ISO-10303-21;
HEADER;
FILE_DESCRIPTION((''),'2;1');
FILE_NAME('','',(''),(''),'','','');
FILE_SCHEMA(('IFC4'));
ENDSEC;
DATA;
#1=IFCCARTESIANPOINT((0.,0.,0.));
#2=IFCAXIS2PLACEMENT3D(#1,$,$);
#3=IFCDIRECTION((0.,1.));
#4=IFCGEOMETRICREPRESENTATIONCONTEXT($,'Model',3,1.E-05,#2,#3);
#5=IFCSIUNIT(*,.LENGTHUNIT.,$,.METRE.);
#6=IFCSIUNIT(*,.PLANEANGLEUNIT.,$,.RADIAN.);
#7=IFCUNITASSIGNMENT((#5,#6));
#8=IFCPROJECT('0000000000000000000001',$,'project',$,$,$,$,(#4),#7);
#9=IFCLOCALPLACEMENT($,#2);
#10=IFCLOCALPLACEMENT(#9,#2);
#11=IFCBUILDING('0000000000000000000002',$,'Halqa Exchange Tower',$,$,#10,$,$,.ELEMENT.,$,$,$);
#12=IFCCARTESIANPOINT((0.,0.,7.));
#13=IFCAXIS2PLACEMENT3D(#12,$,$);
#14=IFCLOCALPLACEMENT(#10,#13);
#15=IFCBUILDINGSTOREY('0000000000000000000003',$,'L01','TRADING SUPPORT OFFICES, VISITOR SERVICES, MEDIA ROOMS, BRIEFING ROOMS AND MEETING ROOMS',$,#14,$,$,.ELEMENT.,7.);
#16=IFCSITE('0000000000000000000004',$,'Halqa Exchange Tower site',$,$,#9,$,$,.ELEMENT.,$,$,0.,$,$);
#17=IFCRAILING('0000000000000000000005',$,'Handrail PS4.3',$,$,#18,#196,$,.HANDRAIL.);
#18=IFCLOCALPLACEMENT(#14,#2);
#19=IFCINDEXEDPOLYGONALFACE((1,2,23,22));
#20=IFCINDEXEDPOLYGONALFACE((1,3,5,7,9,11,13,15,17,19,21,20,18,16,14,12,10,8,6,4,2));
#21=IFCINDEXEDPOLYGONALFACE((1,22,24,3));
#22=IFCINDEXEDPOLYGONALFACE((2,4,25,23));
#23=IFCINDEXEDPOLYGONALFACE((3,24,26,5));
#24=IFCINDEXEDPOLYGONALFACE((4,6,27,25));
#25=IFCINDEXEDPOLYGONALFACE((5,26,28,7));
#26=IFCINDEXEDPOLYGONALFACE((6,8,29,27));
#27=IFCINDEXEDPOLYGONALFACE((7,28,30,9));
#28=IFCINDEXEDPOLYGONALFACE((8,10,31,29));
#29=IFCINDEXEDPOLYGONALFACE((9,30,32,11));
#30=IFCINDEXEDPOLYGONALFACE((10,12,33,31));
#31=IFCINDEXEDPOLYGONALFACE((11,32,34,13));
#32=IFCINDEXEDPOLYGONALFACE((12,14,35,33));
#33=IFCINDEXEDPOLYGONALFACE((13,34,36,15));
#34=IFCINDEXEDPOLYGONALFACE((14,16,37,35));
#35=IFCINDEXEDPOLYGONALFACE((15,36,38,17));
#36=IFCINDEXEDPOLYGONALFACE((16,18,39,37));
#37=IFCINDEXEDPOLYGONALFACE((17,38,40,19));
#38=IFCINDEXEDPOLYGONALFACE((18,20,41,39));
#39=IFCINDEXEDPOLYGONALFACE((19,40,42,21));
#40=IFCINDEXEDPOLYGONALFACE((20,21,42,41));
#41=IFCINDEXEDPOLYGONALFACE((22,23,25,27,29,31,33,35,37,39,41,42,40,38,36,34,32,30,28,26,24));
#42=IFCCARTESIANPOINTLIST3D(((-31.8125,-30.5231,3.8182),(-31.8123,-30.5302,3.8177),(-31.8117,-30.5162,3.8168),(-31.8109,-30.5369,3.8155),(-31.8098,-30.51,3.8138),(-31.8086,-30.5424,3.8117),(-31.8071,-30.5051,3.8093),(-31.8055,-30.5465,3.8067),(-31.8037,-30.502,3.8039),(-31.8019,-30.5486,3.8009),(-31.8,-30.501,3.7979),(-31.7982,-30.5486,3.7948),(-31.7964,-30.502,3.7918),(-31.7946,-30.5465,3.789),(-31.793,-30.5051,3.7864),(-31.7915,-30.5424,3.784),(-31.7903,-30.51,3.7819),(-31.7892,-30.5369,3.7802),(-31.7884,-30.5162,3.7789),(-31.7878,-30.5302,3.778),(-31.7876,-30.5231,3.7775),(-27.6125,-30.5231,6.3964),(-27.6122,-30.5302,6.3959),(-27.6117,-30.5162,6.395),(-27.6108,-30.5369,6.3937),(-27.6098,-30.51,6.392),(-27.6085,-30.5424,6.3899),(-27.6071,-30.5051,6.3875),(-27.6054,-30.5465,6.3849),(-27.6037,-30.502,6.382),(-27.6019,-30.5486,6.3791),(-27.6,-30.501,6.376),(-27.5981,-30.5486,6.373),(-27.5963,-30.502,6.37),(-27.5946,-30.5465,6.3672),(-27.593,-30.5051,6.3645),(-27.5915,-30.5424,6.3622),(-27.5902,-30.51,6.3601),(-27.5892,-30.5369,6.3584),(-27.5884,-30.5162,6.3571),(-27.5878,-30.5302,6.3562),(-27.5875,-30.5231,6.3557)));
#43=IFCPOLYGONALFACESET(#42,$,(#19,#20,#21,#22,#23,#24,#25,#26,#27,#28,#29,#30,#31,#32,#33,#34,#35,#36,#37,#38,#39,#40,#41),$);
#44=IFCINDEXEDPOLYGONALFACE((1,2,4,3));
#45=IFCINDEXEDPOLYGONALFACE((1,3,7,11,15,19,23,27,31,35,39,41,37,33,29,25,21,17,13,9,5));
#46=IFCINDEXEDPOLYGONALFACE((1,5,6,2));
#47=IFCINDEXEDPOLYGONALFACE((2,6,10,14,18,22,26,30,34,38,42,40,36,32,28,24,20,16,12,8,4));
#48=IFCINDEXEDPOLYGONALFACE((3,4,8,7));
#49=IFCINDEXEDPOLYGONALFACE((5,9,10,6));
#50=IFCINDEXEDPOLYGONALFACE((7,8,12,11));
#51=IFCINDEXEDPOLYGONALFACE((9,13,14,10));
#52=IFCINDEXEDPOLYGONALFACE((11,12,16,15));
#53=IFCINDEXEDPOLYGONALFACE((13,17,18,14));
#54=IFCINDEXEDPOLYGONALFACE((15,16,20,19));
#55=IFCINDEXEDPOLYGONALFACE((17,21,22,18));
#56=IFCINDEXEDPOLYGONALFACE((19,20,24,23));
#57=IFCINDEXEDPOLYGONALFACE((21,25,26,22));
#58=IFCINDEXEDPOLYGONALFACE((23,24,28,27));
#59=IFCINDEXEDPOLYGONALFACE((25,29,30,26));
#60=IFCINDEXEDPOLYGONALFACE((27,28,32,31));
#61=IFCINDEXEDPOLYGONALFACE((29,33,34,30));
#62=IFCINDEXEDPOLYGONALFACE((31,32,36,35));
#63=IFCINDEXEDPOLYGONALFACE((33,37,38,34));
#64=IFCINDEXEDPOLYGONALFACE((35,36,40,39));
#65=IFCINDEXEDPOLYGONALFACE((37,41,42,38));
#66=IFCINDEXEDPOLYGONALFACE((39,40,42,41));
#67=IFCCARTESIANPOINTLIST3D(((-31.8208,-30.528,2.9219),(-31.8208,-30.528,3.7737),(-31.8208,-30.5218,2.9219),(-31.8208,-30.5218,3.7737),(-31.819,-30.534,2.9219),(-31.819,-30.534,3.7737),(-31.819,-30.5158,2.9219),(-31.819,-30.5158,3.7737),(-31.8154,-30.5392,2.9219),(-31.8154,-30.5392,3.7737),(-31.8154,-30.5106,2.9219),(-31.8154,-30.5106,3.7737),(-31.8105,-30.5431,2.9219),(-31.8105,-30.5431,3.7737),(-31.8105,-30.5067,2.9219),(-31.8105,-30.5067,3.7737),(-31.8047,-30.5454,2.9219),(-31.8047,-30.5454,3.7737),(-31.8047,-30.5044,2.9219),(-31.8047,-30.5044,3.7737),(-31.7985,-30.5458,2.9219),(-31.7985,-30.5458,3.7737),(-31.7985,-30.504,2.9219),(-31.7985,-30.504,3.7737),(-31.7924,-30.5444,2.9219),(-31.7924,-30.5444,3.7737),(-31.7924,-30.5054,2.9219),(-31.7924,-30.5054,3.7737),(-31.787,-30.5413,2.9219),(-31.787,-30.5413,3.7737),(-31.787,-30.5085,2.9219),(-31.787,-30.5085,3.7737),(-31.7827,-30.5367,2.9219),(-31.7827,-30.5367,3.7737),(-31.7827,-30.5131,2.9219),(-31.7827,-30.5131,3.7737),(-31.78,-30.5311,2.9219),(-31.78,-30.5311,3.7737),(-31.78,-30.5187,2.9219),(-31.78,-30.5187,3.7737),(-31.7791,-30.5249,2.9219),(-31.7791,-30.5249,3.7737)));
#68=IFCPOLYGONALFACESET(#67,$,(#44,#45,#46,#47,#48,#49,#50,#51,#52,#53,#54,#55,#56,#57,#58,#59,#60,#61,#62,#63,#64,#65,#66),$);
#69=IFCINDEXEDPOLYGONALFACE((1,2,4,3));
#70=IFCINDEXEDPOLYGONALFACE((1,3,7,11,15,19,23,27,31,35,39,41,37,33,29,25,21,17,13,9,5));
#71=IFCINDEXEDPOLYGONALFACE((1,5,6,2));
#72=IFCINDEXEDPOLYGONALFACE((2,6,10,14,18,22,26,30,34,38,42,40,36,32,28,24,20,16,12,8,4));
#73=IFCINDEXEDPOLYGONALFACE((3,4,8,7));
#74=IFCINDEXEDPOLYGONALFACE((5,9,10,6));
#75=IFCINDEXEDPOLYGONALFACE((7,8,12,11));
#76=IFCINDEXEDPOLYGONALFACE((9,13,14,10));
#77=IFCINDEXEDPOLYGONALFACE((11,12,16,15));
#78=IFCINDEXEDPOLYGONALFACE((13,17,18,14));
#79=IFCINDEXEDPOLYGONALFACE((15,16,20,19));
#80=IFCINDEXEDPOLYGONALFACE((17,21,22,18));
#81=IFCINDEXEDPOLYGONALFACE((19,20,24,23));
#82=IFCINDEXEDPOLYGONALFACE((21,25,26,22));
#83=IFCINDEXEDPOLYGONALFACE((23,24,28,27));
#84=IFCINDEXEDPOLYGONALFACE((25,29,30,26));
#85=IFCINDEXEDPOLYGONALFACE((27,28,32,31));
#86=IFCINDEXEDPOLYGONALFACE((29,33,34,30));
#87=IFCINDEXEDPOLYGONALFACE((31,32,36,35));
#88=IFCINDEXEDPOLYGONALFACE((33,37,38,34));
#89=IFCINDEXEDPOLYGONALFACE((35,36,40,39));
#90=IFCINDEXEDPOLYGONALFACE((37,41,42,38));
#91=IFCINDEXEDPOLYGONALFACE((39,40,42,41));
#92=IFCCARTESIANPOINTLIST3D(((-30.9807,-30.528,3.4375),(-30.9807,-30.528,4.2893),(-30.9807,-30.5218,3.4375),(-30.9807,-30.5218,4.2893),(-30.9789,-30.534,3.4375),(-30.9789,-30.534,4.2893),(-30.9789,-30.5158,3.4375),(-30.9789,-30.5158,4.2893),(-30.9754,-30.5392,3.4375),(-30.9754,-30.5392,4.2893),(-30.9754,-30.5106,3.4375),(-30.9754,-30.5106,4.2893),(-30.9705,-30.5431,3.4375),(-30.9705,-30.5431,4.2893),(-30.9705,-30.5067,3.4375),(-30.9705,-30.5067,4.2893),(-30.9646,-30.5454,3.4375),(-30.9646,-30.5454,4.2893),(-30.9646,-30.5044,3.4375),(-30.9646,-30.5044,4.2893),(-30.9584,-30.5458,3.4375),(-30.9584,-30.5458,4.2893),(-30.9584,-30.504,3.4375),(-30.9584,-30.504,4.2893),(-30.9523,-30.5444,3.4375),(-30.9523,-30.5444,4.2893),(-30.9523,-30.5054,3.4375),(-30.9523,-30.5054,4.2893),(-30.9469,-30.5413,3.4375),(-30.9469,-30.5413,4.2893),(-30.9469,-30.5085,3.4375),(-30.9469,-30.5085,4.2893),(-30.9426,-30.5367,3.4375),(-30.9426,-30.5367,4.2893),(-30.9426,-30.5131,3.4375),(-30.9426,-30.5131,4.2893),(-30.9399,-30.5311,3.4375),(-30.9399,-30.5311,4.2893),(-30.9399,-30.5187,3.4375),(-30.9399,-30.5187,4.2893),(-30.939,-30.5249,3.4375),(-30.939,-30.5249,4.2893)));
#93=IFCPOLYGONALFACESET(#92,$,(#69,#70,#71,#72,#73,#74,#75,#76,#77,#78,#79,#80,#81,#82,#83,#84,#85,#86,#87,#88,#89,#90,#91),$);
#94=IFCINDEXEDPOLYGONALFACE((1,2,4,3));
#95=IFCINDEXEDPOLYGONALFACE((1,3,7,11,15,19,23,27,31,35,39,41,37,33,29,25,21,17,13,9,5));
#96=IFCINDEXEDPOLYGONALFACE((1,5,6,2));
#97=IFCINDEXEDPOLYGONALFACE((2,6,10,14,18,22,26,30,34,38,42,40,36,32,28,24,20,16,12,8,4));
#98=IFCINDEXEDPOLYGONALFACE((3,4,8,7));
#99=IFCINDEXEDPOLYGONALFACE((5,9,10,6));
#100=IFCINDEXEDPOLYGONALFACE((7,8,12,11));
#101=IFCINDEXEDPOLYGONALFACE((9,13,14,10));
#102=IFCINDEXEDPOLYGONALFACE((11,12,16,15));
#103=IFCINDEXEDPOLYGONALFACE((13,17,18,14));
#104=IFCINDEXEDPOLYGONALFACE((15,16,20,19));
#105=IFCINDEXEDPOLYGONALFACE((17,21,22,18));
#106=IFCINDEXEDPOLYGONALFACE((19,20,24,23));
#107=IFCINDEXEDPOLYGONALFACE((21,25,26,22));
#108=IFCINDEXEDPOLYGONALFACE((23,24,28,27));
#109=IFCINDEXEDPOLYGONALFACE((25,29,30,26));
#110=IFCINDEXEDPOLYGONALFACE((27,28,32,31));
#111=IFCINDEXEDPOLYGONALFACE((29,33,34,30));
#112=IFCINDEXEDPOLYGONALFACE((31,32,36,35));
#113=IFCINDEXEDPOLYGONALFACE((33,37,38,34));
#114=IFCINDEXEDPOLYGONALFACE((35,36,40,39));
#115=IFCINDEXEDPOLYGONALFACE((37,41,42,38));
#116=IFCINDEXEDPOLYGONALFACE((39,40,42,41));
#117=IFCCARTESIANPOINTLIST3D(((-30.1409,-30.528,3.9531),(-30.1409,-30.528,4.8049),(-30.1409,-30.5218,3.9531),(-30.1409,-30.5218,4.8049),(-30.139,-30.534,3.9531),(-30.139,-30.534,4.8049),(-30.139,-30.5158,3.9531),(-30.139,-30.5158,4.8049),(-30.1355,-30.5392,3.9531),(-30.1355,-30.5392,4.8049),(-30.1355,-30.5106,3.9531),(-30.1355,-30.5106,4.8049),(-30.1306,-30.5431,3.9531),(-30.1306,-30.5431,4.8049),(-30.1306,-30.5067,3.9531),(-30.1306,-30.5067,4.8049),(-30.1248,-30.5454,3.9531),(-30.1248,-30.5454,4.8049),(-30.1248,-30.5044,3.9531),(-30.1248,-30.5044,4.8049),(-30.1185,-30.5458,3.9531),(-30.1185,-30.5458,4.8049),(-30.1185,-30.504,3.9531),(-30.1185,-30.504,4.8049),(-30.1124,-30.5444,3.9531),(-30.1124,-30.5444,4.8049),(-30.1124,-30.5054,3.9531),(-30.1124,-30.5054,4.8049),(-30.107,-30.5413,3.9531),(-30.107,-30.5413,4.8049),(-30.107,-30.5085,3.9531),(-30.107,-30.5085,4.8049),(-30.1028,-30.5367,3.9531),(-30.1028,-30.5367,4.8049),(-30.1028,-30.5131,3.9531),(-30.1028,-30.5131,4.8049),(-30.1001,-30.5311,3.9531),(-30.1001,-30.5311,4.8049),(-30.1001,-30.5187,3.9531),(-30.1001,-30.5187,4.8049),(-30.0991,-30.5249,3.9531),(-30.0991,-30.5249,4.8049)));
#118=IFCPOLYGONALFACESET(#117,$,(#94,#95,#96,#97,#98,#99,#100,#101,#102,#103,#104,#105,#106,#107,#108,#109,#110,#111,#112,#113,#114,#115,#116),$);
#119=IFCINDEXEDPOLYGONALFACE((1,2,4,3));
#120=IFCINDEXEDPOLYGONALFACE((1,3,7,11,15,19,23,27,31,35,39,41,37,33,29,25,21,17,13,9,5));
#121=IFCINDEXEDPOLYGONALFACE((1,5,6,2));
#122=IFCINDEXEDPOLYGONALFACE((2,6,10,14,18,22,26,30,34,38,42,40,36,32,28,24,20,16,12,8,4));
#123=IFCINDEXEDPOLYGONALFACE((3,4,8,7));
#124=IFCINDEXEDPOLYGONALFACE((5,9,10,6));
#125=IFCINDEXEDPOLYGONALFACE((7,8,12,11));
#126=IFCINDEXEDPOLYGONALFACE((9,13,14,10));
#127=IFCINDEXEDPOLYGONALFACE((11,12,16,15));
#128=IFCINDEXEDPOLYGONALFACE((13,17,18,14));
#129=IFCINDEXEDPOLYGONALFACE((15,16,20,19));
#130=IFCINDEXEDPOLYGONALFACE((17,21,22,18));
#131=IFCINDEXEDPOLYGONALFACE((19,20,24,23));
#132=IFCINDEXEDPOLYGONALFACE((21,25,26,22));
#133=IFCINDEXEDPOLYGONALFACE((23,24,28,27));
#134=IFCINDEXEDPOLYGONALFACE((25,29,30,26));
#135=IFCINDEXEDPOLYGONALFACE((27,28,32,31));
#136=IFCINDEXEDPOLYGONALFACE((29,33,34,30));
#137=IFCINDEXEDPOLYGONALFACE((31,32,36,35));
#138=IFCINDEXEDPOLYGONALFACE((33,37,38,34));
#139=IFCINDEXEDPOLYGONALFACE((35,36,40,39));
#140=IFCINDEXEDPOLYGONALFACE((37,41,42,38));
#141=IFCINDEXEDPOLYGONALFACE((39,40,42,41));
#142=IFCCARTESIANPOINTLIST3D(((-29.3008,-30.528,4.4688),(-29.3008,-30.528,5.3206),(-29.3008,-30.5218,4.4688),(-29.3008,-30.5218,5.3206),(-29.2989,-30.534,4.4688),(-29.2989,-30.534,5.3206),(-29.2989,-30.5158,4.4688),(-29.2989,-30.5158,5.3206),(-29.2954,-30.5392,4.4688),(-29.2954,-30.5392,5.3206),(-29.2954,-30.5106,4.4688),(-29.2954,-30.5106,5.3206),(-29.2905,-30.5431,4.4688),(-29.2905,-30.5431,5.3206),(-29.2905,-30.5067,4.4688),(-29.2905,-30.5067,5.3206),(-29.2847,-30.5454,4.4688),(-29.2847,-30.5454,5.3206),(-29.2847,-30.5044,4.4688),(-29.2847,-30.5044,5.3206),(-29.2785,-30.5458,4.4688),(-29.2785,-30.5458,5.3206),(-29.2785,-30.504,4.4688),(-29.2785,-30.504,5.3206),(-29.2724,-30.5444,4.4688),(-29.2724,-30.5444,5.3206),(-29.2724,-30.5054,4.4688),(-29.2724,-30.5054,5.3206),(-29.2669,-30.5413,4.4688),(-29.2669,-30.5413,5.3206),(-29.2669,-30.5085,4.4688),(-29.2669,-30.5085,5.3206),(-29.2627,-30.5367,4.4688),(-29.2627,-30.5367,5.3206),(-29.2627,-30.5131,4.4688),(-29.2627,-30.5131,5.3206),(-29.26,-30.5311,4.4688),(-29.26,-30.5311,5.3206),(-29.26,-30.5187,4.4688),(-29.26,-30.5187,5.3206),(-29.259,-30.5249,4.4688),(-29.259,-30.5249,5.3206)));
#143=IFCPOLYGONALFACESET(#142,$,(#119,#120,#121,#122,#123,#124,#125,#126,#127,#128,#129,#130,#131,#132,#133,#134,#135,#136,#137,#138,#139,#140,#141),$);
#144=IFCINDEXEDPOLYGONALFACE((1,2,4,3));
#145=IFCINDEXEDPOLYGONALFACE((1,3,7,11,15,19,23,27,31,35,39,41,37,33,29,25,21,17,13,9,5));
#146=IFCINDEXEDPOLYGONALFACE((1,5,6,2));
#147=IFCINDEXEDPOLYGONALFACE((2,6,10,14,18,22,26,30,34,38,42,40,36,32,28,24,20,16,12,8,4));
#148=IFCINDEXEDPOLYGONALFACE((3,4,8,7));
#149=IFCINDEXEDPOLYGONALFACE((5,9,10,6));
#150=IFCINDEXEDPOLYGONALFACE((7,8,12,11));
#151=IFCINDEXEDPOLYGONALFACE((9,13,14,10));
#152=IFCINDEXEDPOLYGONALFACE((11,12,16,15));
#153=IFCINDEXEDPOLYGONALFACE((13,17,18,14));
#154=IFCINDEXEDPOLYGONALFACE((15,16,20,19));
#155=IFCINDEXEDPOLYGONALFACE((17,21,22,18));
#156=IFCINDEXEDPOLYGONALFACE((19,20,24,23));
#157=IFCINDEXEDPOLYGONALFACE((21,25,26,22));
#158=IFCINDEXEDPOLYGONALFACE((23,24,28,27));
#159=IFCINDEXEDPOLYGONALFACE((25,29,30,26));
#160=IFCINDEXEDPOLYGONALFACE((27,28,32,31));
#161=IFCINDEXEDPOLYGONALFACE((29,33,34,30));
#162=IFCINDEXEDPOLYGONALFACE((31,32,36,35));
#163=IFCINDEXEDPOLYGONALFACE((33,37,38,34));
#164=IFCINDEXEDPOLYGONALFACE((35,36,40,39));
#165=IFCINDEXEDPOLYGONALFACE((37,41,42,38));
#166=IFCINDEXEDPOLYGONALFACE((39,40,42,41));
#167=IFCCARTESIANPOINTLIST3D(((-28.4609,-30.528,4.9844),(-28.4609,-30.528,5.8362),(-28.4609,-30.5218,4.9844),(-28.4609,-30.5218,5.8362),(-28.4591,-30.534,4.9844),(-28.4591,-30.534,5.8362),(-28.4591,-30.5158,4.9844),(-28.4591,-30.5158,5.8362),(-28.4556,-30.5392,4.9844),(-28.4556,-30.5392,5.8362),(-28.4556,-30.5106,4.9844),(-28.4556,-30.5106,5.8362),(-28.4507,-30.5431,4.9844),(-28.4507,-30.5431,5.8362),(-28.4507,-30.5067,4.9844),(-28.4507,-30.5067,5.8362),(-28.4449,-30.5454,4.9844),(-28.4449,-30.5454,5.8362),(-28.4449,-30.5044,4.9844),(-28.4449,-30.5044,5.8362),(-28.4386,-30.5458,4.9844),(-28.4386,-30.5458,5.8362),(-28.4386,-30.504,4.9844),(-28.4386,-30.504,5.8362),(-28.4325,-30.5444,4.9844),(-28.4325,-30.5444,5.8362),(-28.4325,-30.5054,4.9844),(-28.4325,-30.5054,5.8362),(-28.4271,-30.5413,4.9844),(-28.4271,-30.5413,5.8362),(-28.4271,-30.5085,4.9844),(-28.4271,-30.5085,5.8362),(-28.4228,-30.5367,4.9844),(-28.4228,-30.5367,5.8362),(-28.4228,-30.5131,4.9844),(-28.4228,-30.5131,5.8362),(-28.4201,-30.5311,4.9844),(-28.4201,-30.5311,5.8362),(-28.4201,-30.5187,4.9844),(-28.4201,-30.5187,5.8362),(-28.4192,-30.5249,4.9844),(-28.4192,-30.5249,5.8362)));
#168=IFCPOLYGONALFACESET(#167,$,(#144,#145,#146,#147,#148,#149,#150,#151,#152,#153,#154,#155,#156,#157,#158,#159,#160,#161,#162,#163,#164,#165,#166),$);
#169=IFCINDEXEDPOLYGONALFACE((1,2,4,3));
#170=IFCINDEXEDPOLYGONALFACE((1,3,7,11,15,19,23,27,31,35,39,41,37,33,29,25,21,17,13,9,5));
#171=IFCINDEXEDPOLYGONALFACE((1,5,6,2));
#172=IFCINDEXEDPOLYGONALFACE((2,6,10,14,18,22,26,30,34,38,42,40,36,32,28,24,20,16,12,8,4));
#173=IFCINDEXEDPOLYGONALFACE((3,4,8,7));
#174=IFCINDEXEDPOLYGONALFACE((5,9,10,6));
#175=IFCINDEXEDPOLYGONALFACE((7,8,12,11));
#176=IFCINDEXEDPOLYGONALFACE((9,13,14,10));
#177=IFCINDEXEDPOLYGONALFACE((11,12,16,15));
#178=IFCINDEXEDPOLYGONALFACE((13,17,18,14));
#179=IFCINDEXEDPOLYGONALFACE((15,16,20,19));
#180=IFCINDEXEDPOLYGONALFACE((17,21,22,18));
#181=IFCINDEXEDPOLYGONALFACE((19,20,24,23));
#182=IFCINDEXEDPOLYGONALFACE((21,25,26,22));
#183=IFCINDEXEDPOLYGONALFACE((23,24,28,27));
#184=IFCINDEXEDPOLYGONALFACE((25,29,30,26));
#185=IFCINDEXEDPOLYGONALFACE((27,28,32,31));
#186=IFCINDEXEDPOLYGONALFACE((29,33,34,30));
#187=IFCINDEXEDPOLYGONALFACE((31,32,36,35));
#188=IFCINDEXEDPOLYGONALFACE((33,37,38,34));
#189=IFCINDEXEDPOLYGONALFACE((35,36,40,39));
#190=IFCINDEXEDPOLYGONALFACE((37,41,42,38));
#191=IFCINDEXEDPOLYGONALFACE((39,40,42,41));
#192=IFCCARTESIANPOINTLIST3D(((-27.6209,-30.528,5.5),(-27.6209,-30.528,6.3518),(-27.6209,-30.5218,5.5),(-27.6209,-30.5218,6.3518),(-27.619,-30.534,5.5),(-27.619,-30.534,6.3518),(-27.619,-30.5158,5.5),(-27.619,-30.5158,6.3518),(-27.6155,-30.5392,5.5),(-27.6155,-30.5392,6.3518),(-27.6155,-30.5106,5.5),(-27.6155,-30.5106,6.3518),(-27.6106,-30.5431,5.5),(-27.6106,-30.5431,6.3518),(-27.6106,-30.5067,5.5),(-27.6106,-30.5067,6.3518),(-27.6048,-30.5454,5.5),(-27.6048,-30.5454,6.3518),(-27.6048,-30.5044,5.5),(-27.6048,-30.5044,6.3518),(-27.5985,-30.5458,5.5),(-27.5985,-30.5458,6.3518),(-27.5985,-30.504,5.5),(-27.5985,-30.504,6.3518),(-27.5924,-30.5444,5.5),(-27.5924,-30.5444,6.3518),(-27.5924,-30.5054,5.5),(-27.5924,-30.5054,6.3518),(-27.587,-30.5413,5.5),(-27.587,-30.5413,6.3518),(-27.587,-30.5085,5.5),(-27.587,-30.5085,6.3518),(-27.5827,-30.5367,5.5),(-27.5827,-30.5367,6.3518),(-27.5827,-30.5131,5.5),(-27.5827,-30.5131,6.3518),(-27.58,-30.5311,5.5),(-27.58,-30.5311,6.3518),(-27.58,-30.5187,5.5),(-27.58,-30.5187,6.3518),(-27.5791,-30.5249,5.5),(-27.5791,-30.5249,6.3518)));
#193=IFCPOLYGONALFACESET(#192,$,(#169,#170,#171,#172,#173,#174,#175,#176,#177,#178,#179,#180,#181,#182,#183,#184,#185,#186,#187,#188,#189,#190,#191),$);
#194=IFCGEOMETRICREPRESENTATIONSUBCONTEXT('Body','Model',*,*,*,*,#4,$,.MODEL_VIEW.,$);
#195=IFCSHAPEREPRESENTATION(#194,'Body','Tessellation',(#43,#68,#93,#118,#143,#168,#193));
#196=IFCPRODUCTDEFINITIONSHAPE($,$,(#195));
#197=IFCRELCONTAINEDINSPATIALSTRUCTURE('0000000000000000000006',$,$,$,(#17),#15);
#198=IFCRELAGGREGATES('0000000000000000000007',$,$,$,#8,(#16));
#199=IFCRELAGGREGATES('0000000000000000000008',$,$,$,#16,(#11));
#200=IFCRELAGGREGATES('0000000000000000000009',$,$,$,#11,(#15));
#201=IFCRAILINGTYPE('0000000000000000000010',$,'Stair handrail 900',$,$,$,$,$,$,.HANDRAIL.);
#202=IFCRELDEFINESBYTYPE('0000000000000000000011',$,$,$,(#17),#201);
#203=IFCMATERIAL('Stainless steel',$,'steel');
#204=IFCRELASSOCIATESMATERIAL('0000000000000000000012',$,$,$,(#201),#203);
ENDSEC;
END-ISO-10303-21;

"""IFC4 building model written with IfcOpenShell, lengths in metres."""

from ifc_helpers import new_model, si_unit, direction, frame, origin, origin_2d, place, context, subcontext, project, spatial, circle, extrude, material, type_object, element, save


model = new_model("IFC4")

# Units and contexts
model_context = context("Model", 3, precision=1e-05, world=origin(), true_north=direction((0.0, 1.0)))
body_context = subcontext(model_context, "Body", "Model", "MODEL_VIEW")
ifc_project = project(units=[si_unit("LENGTHUNIT", "METRE"), si_unit("PLANEANGLEUNIT", "RADIAN")], contexts=[model_context])

# Site, building, storey
site_placement = place(None, origin())
site = spatial("IfcSite", under=ifc_project, at=site_placement, Name="Halqa Exchange Tower site", CompositionType="ELEMENT", RefElevation=0.0)
building_placement = place(site_placement, origin())
building = spatial("IfcBuilding", under=site, at=building_placement, Name="Halqa Exchange Tower", CompositionType="ELEMENT")
storey_placement = place(building_placement, frame((0.0, 0.0, 7.0)))
storey = spatial("IfcBuildingStorey", under=building, at=storey_placement, Name="L01", Description="TRADING SUPPORT OFFICES, VISITOR SERVICES, MEDIA ROOMS, BRIEFING ROOMS AND MEETING ROOMS", CompositionType="ELEMENT", Elevation=7.0)

# Railing
ifc_material_1 = material(Name="Stainless steel", Category="steel")
railing_type = type_object("IfcRailingType", Name="Stair handrail 900", PredefinedType="HANDRAIL", material=ifc_material_1)
railing_placement = place(storey_placement, frame((-31.8, -30.5249, 2.9219)))
element("IfcRailing", 1, at=railing_placement, inside=storey, type_object=railing_type, Name="Handrail PS4.3", PredefinedType="HANDRAIL", context=body_context, shape_type="SweptSolid", body=[
    extrude(circle(Radius=0.0239, at=origin_2d()), frame((0.0, 0.0, 0.876), z_axis=(0.852243, 0.0, 0.523146), x_axis=(0.0, 1.0, 0.0)), (0.0, 0.0, 1.0), 4.9282),
    extrude(circle(Radius=0.021, at=origin_2d()), origin(), (0.0, 0.0, 1.0), 0.8518),
    extrude(circle(Radius=0.021, at=origin_2d()), frame((0.8401, 0.0, 0.5156)), (0.0, 0.0, 1.0), 0.8518),
    extrude(circle(Radius=0.021, at=origin_2d()), frame((1.6799, 0.0, 1.0312)), (0.0, 0.0, 1.0), 0.8518),
    extrude(circle(Radius=0.021, at=origin_2d()), frame((2.52, 0.0, 1.5469)), (0.0, 0.0, 1.0), 0.8518),
    extrude(circle(Radius=0.021, at=origin_2d()), frame((3.3599, 0.0, 2.0625)), (0.0, 0.0, 1.0), 0.8518),
    extrude(circle(Radius=0.021, at=origin_2d()), frame((4.2, 0.0, 2.5781)), (0.0, 0.0, 1.0), 0.8518),
])

save(model, "model.ifc")
